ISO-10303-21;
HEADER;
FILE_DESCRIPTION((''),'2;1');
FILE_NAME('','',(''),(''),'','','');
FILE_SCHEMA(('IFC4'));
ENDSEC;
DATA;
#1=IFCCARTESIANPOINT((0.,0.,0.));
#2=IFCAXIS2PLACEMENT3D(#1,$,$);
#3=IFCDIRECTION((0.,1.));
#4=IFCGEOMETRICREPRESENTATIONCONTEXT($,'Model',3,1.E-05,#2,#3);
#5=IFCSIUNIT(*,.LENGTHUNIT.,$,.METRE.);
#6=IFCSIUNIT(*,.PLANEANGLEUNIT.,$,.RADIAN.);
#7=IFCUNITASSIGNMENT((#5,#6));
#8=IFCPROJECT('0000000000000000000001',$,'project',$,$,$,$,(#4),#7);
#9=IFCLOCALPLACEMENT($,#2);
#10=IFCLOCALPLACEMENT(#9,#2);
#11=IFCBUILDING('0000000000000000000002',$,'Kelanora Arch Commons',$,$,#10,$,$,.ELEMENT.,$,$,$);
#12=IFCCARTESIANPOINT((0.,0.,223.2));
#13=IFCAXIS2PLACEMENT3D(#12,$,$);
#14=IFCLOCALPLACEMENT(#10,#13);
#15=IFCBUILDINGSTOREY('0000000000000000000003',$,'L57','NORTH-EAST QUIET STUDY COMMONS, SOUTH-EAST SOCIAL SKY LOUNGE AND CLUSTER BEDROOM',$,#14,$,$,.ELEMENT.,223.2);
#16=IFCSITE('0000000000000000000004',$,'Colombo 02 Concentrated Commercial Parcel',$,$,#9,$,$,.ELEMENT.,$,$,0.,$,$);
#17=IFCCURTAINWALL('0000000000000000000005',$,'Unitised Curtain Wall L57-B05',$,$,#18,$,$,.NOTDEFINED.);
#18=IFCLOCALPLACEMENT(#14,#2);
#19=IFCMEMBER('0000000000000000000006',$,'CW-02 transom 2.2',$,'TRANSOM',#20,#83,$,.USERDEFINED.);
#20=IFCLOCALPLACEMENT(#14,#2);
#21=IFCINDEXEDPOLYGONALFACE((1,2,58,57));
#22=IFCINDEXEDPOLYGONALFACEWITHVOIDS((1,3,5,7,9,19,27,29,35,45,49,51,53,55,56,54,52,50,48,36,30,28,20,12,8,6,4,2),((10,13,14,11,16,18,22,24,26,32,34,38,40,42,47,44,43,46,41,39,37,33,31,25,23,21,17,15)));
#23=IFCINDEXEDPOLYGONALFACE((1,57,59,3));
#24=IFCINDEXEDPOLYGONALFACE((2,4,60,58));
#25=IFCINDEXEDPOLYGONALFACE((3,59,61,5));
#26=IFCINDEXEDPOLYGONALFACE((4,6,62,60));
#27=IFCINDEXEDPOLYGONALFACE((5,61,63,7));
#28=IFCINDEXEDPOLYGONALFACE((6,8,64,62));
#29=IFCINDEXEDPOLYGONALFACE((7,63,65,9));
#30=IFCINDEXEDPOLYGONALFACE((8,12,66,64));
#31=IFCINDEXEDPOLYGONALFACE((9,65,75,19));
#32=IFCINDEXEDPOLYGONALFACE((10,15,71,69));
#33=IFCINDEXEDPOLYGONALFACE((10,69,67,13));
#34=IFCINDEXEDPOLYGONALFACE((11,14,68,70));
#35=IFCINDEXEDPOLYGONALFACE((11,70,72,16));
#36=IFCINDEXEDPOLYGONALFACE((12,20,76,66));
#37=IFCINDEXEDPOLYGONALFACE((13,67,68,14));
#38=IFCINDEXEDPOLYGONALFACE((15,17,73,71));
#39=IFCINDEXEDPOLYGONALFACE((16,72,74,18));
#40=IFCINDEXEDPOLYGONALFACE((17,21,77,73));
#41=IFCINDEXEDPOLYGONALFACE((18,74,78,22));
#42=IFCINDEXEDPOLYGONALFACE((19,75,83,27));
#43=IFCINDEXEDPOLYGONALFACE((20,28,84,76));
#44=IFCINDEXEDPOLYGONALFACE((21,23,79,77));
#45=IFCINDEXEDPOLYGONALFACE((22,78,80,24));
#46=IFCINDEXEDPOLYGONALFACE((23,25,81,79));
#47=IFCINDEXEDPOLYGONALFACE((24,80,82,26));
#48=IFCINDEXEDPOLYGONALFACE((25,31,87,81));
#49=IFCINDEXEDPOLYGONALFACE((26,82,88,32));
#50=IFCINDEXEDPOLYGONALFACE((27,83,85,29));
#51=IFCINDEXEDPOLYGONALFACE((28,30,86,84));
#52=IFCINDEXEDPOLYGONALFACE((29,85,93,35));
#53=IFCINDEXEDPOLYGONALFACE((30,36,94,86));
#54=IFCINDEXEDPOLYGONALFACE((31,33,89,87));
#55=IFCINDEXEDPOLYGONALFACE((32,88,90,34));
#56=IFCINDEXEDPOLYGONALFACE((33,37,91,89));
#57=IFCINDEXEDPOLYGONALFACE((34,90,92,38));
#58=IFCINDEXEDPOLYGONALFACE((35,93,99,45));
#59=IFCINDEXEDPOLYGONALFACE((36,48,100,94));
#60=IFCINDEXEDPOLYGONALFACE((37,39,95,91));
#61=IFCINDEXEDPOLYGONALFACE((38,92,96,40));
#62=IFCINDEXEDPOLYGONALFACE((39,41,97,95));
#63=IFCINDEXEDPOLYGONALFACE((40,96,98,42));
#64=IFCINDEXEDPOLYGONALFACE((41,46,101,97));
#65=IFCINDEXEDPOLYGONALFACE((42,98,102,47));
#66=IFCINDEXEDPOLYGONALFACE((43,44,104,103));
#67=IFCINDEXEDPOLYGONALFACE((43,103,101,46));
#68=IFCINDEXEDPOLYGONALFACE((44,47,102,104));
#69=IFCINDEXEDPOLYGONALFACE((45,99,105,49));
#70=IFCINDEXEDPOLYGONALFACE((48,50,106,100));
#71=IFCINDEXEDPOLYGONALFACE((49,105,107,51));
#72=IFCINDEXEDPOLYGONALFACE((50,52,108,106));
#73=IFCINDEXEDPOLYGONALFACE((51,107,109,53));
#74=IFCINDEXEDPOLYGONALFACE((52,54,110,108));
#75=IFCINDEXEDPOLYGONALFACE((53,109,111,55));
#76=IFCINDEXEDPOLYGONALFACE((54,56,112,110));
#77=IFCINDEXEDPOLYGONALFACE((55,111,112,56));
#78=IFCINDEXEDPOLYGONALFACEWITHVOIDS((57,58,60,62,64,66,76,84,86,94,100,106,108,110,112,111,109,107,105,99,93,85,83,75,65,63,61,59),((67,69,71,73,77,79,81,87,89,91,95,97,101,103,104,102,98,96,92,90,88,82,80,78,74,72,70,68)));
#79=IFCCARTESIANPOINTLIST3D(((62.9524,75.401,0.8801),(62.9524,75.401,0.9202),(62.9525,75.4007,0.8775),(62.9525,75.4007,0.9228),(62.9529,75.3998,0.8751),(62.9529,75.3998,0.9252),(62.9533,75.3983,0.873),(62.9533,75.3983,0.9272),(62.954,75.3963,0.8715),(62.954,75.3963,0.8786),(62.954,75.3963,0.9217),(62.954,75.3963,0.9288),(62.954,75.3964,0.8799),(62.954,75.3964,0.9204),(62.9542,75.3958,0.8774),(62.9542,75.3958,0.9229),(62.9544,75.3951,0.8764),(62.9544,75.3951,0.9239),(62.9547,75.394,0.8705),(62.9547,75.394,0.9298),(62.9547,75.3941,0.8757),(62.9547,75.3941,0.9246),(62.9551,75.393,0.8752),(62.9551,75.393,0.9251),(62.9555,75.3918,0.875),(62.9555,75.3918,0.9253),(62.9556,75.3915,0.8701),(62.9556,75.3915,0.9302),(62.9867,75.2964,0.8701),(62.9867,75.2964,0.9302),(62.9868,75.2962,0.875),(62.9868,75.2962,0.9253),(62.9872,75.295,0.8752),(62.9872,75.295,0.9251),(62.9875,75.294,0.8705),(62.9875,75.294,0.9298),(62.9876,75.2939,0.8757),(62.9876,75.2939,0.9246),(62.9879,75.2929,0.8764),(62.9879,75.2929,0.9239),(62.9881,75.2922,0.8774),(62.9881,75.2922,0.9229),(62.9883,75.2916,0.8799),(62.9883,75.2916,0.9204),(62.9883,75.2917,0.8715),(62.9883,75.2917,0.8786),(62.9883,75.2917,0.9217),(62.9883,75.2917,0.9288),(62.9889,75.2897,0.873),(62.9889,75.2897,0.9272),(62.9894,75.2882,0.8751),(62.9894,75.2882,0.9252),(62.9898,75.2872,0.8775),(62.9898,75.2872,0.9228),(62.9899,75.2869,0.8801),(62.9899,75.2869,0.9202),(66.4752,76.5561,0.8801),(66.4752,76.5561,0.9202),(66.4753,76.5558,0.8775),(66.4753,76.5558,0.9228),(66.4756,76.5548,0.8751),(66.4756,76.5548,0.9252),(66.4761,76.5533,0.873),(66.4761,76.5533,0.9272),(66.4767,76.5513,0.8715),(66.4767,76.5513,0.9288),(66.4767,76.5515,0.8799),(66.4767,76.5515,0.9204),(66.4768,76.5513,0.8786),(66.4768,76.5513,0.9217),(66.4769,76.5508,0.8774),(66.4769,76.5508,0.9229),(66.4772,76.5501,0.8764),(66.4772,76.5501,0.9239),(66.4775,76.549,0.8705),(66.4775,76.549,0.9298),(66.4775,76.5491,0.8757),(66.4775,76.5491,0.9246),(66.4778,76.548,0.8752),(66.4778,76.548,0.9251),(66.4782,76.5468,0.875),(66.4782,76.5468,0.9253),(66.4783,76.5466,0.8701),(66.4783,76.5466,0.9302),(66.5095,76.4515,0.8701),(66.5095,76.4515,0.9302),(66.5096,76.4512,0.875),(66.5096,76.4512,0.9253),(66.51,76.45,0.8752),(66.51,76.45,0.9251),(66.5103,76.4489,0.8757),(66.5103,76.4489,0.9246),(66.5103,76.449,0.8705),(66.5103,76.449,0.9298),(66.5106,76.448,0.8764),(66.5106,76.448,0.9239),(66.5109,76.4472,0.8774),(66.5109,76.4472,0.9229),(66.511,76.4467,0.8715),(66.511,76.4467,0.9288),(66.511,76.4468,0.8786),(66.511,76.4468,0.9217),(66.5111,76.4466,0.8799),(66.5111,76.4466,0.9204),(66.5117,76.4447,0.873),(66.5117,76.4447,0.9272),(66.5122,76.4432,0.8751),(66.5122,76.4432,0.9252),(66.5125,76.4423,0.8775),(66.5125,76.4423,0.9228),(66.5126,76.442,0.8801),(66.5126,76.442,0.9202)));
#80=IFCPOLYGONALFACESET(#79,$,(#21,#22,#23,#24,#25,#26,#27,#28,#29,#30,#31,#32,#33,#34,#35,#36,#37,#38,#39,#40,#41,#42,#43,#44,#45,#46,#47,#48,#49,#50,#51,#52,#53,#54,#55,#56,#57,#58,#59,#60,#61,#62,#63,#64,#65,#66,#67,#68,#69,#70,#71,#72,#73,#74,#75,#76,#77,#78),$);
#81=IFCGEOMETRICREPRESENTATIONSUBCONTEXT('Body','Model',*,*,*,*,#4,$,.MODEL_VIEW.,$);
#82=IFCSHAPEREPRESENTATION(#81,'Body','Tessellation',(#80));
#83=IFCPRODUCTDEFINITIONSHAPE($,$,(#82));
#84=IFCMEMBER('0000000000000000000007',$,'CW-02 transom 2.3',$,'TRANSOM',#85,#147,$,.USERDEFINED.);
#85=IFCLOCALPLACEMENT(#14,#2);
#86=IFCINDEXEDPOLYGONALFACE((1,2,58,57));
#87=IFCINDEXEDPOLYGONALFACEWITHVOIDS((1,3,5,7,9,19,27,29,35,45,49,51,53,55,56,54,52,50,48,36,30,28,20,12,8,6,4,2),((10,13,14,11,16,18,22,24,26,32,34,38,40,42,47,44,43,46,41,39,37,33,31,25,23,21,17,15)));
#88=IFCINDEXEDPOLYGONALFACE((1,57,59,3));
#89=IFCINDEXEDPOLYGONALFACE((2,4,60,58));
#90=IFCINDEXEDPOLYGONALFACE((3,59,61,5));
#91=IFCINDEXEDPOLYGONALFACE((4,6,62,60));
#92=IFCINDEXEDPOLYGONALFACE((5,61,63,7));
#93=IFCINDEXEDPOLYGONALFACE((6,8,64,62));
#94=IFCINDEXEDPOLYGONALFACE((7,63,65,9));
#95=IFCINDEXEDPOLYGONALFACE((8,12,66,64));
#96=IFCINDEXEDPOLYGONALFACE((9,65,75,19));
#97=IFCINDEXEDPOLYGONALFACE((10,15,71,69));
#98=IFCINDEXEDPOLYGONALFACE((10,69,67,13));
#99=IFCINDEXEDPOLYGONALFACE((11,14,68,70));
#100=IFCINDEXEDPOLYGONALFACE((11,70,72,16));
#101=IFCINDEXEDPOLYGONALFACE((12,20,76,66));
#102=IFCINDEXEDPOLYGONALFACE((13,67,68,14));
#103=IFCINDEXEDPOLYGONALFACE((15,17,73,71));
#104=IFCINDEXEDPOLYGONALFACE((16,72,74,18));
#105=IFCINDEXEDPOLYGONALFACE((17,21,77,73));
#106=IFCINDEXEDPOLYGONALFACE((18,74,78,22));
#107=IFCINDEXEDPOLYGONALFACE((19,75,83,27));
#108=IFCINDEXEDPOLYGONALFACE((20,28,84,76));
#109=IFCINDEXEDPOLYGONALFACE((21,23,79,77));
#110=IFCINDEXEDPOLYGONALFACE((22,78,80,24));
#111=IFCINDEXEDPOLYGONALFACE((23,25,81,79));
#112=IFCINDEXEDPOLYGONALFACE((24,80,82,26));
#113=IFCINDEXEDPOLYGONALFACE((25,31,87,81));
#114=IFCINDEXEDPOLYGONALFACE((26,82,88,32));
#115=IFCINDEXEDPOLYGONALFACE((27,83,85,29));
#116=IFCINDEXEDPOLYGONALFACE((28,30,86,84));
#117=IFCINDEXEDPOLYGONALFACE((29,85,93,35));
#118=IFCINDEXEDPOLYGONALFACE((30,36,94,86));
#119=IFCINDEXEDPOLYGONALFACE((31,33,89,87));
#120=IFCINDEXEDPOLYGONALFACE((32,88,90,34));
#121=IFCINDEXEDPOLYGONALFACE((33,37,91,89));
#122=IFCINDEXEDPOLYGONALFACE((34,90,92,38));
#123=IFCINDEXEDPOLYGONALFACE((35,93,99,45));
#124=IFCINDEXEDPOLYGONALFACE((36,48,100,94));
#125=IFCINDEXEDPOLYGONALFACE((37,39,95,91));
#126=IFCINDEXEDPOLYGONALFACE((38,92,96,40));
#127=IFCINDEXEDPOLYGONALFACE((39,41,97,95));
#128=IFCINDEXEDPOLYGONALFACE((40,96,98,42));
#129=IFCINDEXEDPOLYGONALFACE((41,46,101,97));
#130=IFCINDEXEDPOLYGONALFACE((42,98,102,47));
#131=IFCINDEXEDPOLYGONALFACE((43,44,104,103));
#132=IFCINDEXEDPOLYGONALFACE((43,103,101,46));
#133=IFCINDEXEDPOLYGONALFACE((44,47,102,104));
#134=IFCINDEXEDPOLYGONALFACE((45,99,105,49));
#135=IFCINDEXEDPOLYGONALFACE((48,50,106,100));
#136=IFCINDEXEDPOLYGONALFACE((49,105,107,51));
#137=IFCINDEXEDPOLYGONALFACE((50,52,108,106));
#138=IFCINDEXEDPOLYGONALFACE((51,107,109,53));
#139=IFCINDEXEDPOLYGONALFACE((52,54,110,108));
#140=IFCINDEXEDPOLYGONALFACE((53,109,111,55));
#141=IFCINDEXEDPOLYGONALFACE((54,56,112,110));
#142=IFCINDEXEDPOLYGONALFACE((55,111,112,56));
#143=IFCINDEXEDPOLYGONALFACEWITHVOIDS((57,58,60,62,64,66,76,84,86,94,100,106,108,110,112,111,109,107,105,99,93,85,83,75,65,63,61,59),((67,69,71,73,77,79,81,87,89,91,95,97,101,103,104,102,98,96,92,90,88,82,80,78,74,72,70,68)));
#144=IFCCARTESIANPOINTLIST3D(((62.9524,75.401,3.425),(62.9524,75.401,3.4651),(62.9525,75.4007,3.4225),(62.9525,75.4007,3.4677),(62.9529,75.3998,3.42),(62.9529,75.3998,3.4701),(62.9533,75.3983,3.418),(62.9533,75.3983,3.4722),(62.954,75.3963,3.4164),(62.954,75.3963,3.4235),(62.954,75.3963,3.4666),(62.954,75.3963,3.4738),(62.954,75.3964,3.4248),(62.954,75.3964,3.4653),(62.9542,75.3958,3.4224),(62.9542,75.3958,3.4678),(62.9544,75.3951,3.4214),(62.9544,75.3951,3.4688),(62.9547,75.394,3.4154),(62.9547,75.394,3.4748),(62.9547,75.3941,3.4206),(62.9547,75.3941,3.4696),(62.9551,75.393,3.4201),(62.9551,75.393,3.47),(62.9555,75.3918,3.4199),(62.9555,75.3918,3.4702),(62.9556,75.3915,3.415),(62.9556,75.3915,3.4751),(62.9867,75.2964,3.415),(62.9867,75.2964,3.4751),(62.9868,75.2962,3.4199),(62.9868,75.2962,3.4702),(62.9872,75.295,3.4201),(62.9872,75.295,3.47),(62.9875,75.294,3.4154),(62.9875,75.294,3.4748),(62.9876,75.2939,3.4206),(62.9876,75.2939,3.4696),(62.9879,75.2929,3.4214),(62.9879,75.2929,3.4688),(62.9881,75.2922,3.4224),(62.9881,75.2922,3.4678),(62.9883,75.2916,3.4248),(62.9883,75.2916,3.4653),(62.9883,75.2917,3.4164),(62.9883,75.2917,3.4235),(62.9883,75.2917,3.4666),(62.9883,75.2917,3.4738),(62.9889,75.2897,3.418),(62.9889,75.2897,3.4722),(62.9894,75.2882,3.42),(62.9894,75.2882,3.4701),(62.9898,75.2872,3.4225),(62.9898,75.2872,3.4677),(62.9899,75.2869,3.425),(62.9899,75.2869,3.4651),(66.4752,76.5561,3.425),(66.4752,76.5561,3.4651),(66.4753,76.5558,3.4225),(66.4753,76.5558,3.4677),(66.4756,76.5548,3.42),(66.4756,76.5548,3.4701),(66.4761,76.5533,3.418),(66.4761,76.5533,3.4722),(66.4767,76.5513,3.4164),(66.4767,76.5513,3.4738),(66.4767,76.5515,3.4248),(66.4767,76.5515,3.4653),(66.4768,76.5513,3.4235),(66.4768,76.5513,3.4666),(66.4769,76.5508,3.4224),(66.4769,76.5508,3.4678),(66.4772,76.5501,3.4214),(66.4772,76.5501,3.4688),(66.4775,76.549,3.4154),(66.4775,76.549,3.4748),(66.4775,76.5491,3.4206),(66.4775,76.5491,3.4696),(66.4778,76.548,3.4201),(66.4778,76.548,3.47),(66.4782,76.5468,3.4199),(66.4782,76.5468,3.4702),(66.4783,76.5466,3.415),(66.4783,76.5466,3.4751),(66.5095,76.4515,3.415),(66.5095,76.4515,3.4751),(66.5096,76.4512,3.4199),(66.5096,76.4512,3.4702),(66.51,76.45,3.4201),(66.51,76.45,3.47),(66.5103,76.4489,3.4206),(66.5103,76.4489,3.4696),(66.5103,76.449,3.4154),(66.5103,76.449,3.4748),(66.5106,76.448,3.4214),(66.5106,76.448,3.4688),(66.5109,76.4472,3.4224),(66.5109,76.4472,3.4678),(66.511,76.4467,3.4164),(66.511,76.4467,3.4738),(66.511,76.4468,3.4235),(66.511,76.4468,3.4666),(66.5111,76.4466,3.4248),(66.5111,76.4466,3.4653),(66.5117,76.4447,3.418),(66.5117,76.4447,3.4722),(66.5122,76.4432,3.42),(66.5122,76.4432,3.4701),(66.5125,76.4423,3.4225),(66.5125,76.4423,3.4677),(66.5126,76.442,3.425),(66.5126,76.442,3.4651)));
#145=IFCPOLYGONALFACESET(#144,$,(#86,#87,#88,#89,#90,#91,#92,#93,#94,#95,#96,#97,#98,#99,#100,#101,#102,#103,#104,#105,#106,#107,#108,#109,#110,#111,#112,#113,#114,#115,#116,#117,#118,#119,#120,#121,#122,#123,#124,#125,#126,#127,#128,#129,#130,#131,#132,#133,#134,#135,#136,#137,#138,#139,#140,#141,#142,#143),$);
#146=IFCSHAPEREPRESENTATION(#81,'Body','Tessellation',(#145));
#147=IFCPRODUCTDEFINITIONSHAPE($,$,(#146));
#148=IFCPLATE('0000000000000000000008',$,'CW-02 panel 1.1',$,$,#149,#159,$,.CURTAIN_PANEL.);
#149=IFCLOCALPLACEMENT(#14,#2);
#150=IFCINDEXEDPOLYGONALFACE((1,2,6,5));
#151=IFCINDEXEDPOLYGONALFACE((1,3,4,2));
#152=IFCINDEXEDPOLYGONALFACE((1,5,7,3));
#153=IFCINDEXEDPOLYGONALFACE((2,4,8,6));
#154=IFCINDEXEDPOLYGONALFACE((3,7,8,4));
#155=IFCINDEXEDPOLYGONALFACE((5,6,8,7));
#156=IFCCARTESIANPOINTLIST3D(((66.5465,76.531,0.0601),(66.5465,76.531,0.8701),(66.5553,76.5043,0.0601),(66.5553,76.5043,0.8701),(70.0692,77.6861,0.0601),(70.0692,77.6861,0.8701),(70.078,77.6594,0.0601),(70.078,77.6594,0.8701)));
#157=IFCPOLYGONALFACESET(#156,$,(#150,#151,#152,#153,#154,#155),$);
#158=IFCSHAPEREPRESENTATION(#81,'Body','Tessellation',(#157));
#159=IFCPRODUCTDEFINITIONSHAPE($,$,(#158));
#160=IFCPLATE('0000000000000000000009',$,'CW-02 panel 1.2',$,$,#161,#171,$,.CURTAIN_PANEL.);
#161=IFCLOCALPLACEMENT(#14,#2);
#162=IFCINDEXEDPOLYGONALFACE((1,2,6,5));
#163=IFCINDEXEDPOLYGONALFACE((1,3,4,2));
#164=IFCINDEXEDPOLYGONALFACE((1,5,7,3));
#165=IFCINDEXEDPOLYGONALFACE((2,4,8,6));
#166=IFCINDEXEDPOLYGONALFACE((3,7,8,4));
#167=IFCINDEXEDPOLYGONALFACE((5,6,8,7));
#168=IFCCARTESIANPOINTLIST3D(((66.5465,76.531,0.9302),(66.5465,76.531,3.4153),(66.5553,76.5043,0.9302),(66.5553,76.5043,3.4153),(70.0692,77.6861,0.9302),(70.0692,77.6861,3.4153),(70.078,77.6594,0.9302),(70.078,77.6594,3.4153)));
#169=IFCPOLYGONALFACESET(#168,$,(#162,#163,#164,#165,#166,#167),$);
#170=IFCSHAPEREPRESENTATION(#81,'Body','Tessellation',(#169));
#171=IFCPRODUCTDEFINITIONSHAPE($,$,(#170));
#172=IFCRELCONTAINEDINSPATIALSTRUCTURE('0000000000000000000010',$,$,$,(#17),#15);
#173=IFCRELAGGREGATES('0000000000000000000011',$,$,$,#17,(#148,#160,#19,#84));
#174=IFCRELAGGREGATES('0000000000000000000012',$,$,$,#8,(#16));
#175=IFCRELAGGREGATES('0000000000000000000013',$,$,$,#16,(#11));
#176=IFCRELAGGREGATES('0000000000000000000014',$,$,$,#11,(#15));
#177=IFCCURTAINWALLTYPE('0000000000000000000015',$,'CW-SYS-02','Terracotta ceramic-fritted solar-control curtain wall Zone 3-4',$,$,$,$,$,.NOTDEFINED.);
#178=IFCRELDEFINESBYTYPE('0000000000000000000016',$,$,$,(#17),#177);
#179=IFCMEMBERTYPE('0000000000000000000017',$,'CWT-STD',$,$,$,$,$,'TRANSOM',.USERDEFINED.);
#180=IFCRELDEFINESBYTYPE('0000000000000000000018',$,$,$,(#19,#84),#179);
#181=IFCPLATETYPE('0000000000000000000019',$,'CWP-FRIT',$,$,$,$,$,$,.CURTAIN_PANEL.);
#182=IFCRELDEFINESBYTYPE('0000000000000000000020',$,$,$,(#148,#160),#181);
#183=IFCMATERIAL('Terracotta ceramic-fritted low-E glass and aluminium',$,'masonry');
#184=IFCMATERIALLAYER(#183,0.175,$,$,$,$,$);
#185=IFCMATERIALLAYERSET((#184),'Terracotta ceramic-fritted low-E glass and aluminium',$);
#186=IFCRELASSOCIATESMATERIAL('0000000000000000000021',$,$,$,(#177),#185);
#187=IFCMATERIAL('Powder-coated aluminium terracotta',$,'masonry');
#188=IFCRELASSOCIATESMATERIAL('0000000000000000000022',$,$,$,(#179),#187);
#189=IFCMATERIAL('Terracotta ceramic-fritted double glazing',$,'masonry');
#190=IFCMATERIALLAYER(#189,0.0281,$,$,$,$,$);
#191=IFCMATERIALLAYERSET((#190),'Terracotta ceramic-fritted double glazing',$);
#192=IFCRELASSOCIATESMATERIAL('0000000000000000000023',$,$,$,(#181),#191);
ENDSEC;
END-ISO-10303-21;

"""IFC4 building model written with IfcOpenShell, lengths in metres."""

from ifc_helpers import new_model, si_unit, direction, frame, origin, origin_2d, place, context, subcontext, project, spatial, rectangle, hollow_rectangle, extrude, source, transform, mapped, material, layer, layer_set, material_profile, profile_set, type_object, element, aggregate, save


model = new_model("IFC4")

# Units and contexts
model_context = context("Model", 3, precision=1e-05, world=origin(), true_north=direction((0.0, 1.0)))
body_context = subcontext(model_context, "Body", "Model", "MODEL_VIEW")
ifc_project = project(units=[si_unit("LENGTHUNIT", "METRE"), si_unit("PLANEANGLEUNIT", "RADIAN")], contexts=[model_context])

# Site, building, storey
site_placement = place(None, origin())
site = spatial("IfcSite", under=ifc_project, at=site_placement, Name="Colombo 02 Concentrated Commercial Parcel", CompositionType="ELEMENT", RefElevation=0.0)
building_placement = place(site_placement, origin())
building = spatial("IfcBuilding", under=site, at=building_placement, Name="Kelanora Arch Commons", CompositionType="ELEMENT")
storey_placement = place(building_placement, frame((0.0, 0.0, 223.2)))
storey = spatial("IfcBuildingStorey", under=building, at=storey_placement, Name="L57", Description="NORTH-EAST QUIET STUDY COMMONS, SOUTH-EAST SOCIAL SKY LOUNGE AND CLUSTER BEDROOM", CompositionType="ELEMENT", Elevation=223.2)

# Curtain wall, members, plates
ifc_material_1 = material(Name="Terracotta ceramic-fritted low-E glass and aluminium", Category="masonry")
ifc_layer_1 = layer(ifc_material_1, 0.175)
ifc_layer_set_1 = layer_set([ifc_layer_1], Name="Terracotta ceramic-fritted low-E glass and aluminium")
curtain_wall_type = type_object("IfcCurtainWallType", Name="CW-SYS-02", Description="Terracotta ceramic-fritted solar-control curtain wall Zone 3-4", PredefinedType="NOTDEFINED", material=ifc_layer_set_1)
curtain_wall_placement = place(storey_placement, origin())
curtain_wall = element("IfcCurtainWall", 1, at=curtain_wall_placement, inside=storey, type_object=curtain_wall_type, Name="Unitised Curtain Wall L57-B05", PredefinedType="NOTDEFINED")
ifc_material_2 = material(Name="Powder-coated aluminium terracotta", Category="masonry")
ifc_material_profile_1 = material_profile(ifc_material_2, hollow_rectangle(XDim=0.1201, YDim=0.0601, WallThickness=0.0049, InnerFilletRadius=0.0049, OuterFilletRadius=0.01, at=origin_2d()), Name="CWT120x60")
ifc_profile_set_1 = profile_set([ifc_material_profile_1], Name="Powder-coated aluminium terracotta")
member_type_1 = type_object("IfcMemberType", Name="CWT-STD", ElementType="TRANSOM", PredefinedType="USERDEFINED", material=ifc_profile_set_1)
member_1_placement = place(storey_placement, frame((66.4939, 76.499, 0.9001), z_axis=(-0.950226, -0.311561, 0.0), x_axis=(0.311561, -0.950226, 0.0)))
member_1 = element("IfcMember", 2, at=member_1_placement, type_object=member_type_1, Name="CW-02 transom 2.2", ObjectType="TRANSOM", PredefinedType="USERDEFINED", context=body_context, shape_type="SweptSolid", body=[
    extrude(hollow_rectangle(XDim=0.1201, YDim=0.0601, WallThickness=0.0049, InnerFilletRadius=0.0049, OuterFilletRadius=0.01, at=origin_2d()), origin(), (0.0, 0.0, 1.0), 3.7073),
])
member_2_placement = place(storey_placement, frame((66.4939, 76.499, 3.4451), z_axis=(-0.950226, -0.311561, 0.0), x_axis=(0.311561, -0.950226, 0.0)))
member_2 = element("IfcMember", 3, at=member_2_placement, type_object=member_type_1, Name="CW-02 transom 2.3", ObjectType="TRANSOM", PredefinedType="USERDEFINED", context=body_context, shape_type="SweptSolid", body=[
    extrude(hollow_rectangle(XDim=0.1201, YDim=0.0601, WallThickness=0.0049, InnerFilletRadius=0.0049, OuterFilletRadius=0.01, at=origin_2d()), origin(), (0.0, 0.0, 1.0), 3.7073),
])
ifc_material_3 = material(Name="Terracotta ceramic-fritted double glazing", Category="masonry")
ifc_layer_2 = layer(ifc_material_3, 0.0281)
ifc_layer_set_2 = layer_set([ifc_layer_2], Name="Terracotta ceramic-fritted double glazing")
plate_type = type_object("IfcPlateType", Name="CWP-FRIT", PredefinedType="CURTAIN_PANEL", material=ifc_layer_set_2)
shared_shape_1 = source(origin(), body_context, "Body", "SweptSolid", [
    extrude(rectangle(XDim=3.7073, YDim=0.0281, at=origin_2d()), origin(), (0.0, 0.0, 1.0), 0.8101),
])
plate_1_placement = place(storey_placement, frame((68.3123, 77.0952, 0.0601), z_axis=(0.0, 0.0, 1.0), x_axis=(-0.950219, -0.311582, 0.0)))
plate_1 = element("IfcPlate", 4, at=plate_1_placement, type_object=plate_type, Name="CW-02 panel 1.1", PredefinedType="CURTAIN_PANEL", context=body_context, shape_type="MappedRepresentation", body=[
    mapped(shared_shape_1, transform((0.0, 0.0, 0.0), scale=1.0)),
])
shared_shape_2 = source(origin(), body_context, "Body", "SweptSolid", [
    extrude(rectangle(XDim=3.7073, YDim=0.0281, at=origin_2d()), origin(), (0.0, 0.0, 1.0), 2.4851),
])
plate_2_placement = place(storey_placement, frame((68.3123, 77.0952, 0.9302), z_axis=(0.0, 0.0, 1.0), x_axis=(-0.950219, -0.311582, 0.0)))
plate_2 = element("IfcPlate", 5, at=plate_2_placement, type_object=plate_type, Name="CW-02 panel 1.2", PredefinedType="CURTAIN_PANEL", context=body_context, shape_type="MappedRepresentation", body=[
    mapped(shared_shape_2, transform((0.0, 0.0, 0.0), scale=1.0)),
])
aggregate(curtain_wall, [plate_1, plate_2, member_1, member_2])

save(model, "model.ifc")
